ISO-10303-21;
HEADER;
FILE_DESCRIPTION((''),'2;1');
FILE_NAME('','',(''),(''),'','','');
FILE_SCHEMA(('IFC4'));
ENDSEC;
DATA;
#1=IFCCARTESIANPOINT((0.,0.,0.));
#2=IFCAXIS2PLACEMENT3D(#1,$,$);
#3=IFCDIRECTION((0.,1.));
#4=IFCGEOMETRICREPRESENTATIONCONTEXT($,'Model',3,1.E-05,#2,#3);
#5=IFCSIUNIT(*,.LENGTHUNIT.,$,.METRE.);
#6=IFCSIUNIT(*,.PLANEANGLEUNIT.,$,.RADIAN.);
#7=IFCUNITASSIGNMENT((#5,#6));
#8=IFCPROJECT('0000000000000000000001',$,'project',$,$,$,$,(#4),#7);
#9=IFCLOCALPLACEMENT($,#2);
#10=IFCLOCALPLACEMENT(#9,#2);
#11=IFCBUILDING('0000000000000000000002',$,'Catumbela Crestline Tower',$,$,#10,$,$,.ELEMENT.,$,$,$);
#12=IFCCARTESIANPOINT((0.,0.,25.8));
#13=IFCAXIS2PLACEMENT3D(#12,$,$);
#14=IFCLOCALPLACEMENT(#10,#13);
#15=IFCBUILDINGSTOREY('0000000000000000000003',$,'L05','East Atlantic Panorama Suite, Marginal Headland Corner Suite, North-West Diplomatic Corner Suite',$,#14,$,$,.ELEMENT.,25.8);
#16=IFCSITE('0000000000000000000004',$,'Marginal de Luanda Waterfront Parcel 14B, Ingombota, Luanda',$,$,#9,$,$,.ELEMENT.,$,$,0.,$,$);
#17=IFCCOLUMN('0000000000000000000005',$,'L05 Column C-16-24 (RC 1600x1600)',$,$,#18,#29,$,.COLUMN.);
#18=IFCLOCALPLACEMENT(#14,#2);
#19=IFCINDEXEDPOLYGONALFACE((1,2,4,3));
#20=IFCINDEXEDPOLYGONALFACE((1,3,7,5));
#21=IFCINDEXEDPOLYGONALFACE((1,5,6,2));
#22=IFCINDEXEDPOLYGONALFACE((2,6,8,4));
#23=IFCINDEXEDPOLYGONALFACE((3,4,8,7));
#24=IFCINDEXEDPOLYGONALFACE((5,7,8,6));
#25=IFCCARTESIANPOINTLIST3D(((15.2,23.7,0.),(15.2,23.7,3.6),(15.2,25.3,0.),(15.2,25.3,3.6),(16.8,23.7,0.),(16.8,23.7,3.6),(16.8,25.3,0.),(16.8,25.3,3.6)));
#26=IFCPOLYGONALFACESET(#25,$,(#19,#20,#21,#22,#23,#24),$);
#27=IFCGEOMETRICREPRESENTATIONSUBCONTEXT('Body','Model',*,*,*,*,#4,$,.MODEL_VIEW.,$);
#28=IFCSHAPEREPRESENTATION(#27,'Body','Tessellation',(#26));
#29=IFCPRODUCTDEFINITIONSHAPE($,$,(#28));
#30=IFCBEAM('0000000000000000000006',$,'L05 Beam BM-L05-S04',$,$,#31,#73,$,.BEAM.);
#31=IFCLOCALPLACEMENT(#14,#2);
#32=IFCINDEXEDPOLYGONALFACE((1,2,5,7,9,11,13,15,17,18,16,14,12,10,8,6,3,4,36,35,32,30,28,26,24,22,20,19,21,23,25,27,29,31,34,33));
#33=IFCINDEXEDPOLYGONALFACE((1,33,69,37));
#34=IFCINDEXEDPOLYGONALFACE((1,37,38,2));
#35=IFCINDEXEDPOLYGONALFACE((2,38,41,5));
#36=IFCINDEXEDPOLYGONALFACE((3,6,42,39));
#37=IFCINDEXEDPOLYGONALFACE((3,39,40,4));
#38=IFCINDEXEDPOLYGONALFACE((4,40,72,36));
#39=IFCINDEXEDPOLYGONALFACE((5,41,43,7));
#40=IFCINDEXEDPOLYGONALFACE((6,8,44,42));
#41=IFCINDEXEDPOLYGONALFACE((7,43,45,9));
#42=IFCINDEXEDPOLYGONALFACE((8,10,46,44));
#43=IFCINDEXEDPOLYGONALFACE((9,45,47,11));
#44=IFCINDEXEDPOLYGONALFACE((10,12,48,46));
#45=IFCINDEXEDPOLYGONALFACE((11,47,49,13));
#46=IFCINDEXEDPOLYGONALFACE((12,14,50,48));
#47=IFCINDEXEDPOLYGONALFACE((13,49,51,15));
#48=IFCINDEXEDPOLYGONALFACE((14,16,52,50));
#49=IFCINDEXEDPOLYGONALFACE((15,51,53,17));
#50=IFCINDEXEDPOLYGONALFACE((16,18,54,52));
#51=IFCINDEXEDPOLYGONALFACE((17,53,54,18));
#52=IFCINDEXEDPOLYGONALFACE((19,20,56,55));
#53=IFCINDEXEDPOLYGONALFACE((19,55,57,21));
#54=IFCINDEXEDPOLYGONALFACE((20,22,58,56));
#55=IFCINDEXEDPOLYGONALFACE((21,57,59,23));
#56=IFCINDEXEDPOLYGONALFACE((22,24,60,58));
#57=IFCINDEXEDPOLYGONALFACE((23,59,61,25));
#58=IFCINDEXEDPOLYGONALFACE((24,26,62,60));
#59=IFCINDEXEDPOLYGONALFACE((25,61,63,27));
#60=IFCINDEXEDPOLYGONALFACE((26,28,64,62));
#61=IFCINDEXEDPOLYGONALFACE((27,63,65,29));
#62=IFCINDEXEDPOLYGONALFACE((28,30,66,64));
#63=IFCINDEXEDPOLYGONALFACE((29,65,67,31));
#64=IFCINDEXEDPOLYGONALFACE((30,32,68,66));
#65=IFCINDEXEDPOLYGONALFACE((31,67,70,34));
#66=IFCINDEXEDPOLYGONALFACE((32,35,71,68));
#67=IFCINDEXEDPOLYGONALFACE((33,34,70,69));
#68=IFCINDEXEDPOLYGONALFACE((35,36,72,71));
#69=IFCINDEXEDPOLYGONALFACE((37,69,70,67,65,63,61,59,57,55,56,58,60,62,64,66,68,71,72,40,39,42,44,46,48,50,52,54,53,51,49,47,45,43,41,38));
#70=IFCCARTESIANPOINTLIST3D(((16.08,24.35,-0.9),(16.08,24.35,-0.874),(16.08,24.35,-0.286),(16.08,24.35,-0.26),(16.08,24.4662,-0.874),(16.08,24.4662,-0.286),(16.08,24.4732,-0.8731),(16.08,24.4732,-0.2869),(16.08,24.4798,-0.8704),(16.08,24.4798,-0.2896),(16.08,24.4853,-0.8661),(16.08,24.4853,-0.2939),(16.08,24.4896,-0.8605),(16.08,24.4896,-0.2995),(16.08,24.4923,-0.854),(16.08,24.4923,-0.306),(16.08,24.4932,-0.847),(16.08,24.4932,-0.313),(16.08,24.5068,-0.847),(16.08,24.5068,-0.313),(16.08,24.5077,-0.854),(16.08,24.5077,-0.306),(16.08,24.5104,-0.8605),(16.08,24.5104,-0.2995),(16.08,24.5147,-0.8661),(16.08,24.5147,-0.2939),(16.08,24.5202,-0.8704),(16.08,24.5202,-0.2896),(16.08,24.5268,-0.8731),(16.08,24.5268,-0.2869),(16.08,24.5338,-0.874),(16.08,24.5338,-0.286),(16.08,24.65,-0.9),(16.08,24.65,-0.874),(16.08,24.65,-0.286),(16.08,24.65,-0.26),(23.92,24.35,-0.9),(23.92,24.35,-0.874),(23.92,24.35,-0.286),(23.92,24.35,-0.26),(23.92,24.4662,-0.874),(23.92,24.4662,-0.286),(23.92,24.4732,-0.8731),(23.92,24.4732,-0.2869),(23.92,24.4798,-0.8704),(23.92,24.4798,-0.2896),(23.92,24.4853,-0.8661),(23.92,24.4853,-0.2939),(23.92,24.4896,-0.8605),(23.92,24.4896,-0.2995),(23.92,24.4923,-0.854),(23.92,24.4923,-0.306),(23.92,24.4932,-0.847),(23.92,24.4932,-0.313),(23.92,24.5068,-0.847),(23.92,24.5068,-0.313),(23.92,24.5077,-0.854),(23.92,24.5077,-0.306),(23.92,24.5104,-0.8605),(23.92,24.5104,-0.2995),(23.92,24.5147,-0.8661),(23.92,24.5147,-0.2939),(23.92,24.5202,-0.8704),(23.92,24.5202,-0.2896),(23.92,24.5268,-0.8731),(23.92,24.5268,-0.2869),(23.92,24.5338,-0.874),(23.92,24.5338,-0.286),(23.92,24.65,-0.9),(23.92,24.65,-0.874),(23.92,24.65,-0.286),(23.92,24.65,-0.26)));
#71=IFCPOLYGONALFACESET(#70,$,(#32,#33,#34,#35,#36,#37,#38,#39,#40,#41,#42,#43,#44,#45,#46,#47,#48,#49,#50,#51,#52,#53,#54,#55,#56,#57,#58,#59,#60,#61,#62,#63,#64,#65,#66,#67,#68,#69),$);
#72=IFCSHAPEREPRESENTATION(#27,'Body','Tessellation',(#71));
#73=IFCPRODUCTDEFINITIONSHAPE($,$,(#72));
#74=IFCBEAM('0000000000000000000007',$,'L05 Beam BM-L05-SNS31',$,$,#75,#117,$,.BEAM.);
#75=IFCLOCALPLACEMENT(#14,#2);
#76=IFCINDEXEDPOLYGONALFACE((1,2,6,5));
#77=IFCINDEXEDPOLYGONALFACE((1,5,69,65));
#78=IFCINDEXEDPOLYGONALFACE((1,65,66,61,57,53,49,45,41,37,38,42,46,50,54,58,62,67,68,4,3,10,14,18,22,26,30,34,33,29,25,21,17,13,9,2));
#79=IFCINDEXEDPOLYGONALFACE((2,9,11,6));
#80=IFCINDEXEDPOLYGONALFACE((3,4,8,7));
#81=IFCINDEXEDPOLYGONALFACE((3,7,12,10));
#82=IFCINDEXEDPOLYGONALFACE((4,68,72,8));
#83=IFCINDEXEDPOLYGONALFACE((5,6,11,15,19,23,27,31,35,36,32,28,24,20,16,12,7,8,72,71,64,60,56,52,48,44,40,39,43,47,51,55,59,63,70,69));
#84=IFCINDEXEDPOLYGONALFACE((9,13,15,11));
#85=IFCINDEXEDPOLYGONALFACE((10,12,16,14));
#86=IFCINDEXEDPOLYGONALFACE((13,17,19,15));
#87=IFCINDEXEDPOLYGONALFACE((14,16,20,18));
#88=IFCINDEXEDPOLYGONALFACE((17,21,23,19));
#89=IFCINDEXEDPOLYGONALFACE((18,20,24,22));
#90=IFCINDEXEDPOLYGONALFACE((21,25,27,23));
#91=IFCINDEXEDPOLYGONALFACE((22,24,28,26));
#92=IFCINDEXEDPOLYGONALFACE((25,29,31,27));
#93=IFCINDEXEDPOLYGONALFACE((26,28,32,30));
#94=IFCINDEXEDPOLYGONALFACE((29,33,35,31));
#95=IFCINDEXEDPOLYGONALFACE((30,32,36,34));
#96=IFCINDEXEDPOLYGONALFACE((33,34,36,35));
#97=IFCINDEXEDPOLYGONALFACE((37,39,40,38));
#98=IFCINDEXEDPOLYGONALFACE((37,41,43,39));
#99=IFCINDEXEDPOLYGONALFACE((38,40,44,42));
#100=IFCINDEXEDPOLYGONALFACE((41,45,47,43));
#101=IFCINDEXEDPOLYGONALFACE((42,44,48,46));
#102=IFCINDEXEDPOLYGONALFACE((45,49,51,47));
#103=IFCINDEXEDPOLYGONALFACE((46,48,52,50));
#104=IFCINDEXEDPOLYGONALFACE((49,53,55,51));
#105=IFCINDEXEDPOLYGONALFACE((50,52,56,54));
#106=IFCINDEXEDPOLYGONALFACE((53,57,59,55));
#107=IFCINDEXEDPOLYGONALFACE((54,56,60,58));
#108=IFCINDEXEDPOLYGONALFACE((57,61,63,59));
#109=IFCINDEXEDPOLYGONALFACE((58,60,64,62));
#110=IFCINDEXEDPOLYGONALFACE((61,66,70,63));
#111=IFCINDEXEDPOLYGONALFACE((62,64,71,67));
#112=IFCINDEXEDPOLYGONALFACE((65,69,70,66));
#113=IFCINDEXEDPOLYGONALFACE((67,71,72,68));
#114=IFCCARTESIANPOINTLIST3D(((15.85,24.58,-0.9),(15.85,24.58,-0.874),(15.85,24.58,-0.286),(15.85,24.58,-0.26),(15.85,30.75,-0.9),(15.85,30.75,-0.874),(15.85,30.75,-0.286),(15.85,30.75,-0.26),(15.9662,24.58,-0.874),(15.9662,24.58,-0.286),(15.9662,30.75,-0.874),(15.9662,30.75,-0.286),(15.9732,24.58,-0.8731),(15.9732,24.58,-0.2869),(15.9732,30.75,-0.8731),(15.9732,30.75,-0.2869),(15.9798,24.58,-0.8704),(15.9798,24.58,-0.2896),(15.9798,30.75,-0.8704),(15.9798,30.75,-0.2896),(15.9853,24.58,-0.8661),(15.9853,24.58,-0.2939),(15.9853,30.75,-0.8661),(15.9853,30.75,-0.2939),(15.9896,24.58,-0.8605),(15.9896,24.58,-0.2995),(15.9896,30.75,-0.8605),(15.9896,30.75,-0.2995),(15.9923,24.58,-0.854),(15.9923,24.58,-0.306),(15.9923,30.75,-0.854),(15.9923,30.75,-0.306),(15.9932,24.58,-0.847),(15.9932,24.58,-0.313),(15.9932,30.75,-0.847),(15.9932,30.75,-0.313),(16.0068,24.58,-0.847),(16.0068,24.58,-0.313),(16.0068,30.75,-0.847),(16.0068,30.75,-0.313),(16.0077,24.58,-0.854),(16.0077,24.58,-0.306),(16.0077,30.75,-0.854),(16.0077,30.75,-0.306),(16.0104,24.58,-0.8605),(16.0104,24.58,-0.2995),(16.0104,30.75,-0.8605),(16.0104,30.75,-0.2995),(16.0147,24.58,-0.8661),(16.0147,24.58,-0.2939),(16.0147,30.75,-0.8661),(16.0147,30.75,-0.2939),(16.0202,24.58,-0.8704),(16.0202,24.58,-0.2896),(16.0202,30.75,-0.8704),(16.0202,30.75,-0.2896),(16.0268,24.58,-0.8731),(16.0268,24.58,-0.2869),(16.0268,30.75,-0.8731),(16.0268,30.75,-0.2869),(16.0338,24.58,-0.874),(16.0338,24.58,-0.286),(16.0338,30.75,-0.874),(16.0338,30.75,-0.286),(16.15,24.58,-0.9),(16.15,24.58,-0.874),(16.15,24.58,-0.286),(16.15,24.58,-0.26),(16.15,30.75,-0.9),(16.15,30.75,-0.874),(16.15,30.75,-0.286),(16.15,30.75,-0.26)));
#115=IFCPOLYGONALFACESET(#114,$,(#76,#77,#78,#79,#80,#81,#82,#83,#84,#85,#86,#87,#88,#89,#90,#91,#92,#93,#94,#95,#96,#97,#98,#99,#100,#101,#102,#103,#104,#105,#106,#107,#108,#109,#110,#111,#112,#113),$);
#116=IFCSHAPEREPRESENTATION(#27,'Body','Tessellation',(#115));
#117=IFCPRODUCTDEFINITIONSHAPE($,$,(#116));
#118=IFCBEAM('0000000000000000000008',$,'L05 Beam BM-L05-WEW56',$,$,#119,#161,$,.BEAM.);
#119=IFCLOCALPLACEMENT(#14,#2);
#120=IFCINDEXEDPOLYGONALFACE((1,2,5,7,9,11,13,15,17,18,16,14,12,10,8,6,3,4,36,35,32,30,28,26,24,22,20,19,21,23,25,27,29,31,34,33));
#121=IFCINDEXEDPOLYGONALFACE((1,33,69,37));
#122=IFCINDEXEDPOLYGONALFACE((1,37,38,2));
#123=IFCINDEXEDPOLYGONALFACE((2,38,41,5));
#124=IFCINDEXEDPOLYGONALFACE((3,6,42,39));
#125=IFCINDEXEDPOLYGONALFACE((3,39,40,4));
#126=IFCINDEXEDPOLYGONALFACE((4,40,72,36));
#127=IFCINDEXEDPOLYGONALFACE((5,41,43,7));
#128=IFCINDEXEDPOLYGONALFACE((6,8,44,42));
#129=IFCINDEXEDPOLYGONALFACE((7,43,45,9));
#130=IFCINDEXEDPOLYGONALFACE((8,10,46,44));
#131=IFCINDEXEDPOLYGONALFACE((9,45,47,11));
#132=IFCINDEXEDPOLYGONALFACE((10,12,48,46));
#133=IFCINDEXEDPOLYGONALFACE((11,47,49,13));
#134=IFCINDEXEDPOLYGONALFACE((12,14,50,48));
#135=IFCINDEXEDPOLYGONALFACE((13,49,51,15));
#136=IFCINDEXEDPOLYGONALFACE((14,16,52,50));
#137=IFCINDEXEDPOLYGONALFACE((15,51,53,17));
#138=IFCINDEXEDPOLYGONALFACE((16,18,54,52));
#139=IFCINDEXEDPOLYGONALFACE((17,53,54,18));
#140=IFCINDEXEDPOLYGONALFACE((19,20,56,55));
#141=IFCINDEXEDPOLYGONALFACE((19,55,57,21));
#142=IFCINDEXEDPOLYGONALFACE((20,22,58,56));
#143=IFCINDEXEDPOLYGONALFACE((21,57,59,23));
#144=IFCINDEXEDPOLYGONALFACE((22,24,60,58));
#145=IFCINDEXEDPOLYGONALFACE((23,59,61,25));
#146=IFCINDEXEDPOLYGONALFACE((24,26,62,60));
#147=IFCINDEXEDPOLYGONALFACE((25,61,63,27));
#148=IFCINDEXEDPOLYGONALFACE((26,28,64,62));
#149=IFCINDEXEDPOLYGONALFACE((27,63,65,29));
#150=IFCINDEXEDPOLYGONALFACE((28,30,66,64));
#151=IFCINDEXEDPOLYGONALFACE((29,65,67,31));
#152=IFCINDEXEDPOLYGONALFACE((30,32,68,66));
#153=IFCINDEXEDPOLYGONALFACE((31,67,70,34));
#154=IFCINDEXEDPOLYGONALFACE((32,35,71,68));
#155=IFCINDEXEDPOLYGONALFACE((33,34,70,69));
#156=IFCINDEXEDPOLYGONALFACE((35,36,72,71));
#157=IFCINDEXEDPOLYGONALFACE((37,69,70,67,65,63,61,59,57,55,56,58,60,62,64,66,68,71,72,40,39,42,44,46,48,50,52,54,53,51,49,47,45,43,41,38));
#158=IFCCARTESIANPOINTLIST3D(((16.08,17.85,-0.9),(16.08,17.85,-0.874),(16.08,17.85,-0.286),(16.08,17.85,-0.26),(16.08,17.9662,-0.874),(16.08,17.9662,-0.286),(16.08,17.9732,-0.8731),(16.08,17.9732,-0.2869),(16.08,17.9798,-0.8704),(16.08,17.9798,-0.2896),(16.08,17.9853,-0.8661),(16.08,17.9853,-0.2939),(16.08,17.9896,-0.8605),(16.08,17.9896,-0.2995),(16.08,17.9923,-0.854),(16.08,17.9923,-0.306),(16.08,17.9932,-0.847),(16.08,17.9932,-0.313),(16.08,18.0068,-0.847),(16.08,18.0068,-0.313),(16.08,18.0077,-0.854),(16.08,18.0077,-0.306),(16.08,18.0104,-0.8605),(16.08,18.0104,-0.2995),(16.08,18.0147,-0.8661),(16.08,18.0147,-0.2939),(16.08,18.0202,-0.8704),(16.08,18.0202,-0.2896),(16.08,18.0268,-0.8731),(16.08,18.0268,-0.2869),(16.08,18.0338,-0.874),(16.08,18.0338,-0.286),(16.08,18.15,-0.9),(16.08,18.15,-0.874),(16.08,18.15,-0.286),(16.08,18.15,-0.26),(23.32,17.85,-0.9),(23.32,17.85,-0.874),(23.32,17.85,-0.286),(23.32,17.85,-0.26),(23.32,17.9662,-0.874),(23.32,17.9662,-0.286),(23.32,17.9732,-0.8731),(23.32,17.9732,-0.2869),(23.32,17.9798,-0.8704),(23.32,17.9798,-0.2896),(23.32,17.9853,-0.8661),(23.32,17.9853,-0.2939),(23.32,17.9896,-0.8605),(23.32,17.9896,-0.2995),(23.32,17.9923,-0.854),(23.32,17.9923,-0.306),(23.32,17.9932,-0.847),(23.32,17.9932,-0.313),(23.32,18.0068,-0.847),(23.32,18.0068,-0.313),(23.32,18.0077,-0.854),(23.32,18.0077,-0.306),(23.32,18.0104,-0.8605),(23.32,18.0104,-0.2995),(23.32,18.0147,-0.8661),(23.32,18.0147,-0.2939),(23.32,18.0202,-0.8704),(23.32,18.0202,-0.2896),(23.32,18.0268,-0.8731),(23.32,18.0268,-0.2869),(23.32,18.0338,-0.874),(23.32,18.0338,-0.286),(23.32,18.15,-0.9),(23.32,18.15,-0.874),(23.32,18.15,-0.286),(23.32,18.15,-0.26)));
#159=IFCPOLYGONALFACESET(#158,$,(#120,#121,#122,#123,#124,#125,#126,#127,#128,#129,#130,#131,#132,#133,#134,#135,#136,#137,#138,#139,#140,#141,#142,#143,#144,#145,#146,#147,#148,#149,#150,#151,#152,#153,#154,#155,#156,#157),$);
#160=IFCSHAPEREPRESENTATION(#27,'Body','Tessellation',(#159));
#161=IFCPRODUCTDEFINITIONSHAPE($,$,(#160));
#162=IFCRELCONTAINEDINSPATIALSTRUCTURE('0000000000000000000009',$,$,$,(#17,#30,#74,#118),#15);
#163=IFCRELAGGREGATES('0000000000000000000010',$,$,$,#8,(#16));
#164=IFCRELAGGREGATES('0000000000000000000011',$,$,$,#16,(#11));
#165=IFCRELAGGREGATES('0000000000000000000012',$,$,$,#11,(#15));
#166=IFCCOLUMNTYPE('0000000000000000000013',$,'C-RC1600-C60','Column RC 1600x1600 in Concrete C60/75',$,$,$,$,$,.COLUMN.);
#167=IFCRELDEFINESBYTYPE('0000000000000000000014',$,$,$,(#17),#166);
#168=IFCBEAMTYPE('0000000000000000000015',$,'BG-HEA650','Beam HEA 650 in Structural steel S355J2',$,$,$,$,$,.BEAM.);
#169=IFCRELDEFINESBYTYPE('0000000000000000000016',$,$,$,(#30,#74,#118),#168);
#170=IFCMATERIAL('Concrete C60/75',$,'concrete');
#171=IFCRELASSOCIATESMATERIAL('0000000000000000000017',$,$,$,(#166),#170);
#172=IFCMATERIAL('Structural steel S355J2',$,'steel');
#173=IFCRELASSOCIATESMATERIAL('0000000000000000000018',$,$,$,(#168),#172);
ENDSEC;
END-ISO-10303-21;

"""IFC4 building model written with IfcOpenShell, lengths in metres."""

from ifc_helpers import new_model, si_unit, direction, frame, origin, origin_2d, place, context, subcontext, project, spatial, rectangle, i_section, extrude, material, material_profile, profile_set, type_object, element, save


model = new_model("IFC4")

# Units and contexts
model_context = context("Model", 3, precision=1e-05, world=origin(), true_north=direction((0.0, 1.0)))
body_context = subcontext(model_context, "Body", "Model", "MODEL_VIEW")
ifc_project = project(units=[si_unit("LENGTHUNIT", "METRE"), si_unit("PLANEANGLEUNIT", "RADIAN")], contexts=[model_context])

# Site, building, storey
site_placement = place(None, origin())
site = spatial("IfcSite", under=ifc_project, at=site_placement, Name="Marginal de Luanda Waterfront Parcel 14B, Ingombota, Luanda", CompositionType="ELEMENT", RefElevation=0.0)
building_placement = place(site_placement, origin())
building = spatial("IfcBuilding", under=site, at=building_placement, Name="Catumbela Crestline Tower", CompositionType="ELEMENT")
storey_placement = place(building_placement, frame((0.0, 0.0, 25.8)))
storey = spatial("IfcBuildingStorey", under=building, at=storey_placement, Name="L05", Description="East Atlantic Panorama Suite, Marginal Headland Corner Suite, North-West Diplomatic Corner Suite", CompositionType="ELEMENT", Elevation=25.8)

# Column
ifc_material_1 = material(Name="Concrete C60/75", Category="concrete")
ifc_material_profile_1 = material_profile(ifc_material_1, rectangle(XDim=1.6, YDim=1.6, at=origin_2d()), Name="RC 1600x1600")
ifc_profile_set_1 = profile_set([ifc_material_profile_1], Name="Concrete C60/75")
column_type = type_object("IfcColumnType", Name="C-RC1600-C60", Description="Column RC 1600x1600 in Concrete C60/75", PredefinedType="COLUMN", material=ifc_profile_set_1)
column_placement = place(storey_placement, frame((16.0, 24.5, 0.0), z_axis=(0.0, 0.0, 1.0), x_axis=(1.0, 0.0, 0.0)))
element("IfcColumn", 1, at=column_placement, inside=storey, type_object=column_type, Name="L05 Column C-16-24 (RC 1600x1600)", PredefinedType="COLUMN", context=body_context, shape_type="SweptSolid", body=[
    extrude(rectangle(XDim=1.6, YDim=1.6, at=origin_2d()), origin(), (0.0, 0.0, 1.0), 3.6),
])

# Beams
ifc_material_2 = material(Name="Structural steel S355J2", Category="steel")
ifc_material_profile_2 = material_profile(ifc_material_2, i_section(OverallWidth=0.3, OverallDepth=0.64, WebThickness=0.0135, FlangeThickness=0.026, FilletRadius=0.027, at=origin_2d()), Name="HEA 650")
ifc_profile_set_2 = profile_set([ifc_material_profile_2], Name="Structural steel S355J2")
beam_type_1 = type_object("IfcBeamType", Name="BG-HEA650", Description="Beam HEA 650 in Structural steel S355J2", PredefinedType="BEAM", material=ifc_profile_set_2)
beam_1_placement = place(storey_placement, frame((16.08, 24.5, -0.58), z_axis=(1.0, 0.0, 0.0), x_axis=(0.0, 1.0, 0.0)))
element("IfcBeam", 2, at=beam_1_placement, inside=storey, type_object=beam_type_1, Name="L05 Beam BM-L05-S04", PredefinedType="BEAM", context=body_context, shape_type="SweptSolid", body=[
    extrude(i_section(OverallWidth=0.3, OverallDepth=0.64, WebThickness=0.0135, FlangeThickness=0.026, FilletRadius=0.027, at=origin_2d()), origin(), (0.0, 0.0, 1.0), 7.84),
])
beam_2_placement = place(storey_placement, frame((16.0, 24.58, -0.58), z_axis=(0.0, 1.0, 0.0), x_axis=(-1.0, 0.0, 0.0)))
element("IfcBeam", 3, at=beam_2_placement, inside=storey, type_object=beam_type_1, Name="L05 Beam BM-L05-SNS31", PredefinedType="BEAM", context=body_context, shape_type="SweptSolid", body=[
    extrude(i_section(OverallWidth=0.3, OverallDepth=0.64, WebThickness=0.0135, FlangeThickness=0.026, FilletRadius=0.027, at=origin_2d()), origin(), (0.0, 0.0, 1.0), 6.17),
])
beam_3_placement = place(storey_placement, frame((16.08, 18.0, -0.58), z_axis=(1.0, 0.0, 0.0), x_axis=(0.0, 1.0, 0.0)))
element("IfcBeam", 4, at=beam_3_placement, inside=storey, type_object=beam_type_1, Name="L05 Beam BM-L05-WEW56", PredefinedType="BEAM", context=body_context, shape_type="SweptSolid", body=[
    extrude(i_section(OverallWidth=0.3, OverallDepth=0.64, WebThickness=0.0135, FlangeThickness=0.026, FilletRadius=0.027, at=origin_2d()), origin(), (0.0, 0.0, 1.0), 7.24),
])

save(model, "model.ifc")
